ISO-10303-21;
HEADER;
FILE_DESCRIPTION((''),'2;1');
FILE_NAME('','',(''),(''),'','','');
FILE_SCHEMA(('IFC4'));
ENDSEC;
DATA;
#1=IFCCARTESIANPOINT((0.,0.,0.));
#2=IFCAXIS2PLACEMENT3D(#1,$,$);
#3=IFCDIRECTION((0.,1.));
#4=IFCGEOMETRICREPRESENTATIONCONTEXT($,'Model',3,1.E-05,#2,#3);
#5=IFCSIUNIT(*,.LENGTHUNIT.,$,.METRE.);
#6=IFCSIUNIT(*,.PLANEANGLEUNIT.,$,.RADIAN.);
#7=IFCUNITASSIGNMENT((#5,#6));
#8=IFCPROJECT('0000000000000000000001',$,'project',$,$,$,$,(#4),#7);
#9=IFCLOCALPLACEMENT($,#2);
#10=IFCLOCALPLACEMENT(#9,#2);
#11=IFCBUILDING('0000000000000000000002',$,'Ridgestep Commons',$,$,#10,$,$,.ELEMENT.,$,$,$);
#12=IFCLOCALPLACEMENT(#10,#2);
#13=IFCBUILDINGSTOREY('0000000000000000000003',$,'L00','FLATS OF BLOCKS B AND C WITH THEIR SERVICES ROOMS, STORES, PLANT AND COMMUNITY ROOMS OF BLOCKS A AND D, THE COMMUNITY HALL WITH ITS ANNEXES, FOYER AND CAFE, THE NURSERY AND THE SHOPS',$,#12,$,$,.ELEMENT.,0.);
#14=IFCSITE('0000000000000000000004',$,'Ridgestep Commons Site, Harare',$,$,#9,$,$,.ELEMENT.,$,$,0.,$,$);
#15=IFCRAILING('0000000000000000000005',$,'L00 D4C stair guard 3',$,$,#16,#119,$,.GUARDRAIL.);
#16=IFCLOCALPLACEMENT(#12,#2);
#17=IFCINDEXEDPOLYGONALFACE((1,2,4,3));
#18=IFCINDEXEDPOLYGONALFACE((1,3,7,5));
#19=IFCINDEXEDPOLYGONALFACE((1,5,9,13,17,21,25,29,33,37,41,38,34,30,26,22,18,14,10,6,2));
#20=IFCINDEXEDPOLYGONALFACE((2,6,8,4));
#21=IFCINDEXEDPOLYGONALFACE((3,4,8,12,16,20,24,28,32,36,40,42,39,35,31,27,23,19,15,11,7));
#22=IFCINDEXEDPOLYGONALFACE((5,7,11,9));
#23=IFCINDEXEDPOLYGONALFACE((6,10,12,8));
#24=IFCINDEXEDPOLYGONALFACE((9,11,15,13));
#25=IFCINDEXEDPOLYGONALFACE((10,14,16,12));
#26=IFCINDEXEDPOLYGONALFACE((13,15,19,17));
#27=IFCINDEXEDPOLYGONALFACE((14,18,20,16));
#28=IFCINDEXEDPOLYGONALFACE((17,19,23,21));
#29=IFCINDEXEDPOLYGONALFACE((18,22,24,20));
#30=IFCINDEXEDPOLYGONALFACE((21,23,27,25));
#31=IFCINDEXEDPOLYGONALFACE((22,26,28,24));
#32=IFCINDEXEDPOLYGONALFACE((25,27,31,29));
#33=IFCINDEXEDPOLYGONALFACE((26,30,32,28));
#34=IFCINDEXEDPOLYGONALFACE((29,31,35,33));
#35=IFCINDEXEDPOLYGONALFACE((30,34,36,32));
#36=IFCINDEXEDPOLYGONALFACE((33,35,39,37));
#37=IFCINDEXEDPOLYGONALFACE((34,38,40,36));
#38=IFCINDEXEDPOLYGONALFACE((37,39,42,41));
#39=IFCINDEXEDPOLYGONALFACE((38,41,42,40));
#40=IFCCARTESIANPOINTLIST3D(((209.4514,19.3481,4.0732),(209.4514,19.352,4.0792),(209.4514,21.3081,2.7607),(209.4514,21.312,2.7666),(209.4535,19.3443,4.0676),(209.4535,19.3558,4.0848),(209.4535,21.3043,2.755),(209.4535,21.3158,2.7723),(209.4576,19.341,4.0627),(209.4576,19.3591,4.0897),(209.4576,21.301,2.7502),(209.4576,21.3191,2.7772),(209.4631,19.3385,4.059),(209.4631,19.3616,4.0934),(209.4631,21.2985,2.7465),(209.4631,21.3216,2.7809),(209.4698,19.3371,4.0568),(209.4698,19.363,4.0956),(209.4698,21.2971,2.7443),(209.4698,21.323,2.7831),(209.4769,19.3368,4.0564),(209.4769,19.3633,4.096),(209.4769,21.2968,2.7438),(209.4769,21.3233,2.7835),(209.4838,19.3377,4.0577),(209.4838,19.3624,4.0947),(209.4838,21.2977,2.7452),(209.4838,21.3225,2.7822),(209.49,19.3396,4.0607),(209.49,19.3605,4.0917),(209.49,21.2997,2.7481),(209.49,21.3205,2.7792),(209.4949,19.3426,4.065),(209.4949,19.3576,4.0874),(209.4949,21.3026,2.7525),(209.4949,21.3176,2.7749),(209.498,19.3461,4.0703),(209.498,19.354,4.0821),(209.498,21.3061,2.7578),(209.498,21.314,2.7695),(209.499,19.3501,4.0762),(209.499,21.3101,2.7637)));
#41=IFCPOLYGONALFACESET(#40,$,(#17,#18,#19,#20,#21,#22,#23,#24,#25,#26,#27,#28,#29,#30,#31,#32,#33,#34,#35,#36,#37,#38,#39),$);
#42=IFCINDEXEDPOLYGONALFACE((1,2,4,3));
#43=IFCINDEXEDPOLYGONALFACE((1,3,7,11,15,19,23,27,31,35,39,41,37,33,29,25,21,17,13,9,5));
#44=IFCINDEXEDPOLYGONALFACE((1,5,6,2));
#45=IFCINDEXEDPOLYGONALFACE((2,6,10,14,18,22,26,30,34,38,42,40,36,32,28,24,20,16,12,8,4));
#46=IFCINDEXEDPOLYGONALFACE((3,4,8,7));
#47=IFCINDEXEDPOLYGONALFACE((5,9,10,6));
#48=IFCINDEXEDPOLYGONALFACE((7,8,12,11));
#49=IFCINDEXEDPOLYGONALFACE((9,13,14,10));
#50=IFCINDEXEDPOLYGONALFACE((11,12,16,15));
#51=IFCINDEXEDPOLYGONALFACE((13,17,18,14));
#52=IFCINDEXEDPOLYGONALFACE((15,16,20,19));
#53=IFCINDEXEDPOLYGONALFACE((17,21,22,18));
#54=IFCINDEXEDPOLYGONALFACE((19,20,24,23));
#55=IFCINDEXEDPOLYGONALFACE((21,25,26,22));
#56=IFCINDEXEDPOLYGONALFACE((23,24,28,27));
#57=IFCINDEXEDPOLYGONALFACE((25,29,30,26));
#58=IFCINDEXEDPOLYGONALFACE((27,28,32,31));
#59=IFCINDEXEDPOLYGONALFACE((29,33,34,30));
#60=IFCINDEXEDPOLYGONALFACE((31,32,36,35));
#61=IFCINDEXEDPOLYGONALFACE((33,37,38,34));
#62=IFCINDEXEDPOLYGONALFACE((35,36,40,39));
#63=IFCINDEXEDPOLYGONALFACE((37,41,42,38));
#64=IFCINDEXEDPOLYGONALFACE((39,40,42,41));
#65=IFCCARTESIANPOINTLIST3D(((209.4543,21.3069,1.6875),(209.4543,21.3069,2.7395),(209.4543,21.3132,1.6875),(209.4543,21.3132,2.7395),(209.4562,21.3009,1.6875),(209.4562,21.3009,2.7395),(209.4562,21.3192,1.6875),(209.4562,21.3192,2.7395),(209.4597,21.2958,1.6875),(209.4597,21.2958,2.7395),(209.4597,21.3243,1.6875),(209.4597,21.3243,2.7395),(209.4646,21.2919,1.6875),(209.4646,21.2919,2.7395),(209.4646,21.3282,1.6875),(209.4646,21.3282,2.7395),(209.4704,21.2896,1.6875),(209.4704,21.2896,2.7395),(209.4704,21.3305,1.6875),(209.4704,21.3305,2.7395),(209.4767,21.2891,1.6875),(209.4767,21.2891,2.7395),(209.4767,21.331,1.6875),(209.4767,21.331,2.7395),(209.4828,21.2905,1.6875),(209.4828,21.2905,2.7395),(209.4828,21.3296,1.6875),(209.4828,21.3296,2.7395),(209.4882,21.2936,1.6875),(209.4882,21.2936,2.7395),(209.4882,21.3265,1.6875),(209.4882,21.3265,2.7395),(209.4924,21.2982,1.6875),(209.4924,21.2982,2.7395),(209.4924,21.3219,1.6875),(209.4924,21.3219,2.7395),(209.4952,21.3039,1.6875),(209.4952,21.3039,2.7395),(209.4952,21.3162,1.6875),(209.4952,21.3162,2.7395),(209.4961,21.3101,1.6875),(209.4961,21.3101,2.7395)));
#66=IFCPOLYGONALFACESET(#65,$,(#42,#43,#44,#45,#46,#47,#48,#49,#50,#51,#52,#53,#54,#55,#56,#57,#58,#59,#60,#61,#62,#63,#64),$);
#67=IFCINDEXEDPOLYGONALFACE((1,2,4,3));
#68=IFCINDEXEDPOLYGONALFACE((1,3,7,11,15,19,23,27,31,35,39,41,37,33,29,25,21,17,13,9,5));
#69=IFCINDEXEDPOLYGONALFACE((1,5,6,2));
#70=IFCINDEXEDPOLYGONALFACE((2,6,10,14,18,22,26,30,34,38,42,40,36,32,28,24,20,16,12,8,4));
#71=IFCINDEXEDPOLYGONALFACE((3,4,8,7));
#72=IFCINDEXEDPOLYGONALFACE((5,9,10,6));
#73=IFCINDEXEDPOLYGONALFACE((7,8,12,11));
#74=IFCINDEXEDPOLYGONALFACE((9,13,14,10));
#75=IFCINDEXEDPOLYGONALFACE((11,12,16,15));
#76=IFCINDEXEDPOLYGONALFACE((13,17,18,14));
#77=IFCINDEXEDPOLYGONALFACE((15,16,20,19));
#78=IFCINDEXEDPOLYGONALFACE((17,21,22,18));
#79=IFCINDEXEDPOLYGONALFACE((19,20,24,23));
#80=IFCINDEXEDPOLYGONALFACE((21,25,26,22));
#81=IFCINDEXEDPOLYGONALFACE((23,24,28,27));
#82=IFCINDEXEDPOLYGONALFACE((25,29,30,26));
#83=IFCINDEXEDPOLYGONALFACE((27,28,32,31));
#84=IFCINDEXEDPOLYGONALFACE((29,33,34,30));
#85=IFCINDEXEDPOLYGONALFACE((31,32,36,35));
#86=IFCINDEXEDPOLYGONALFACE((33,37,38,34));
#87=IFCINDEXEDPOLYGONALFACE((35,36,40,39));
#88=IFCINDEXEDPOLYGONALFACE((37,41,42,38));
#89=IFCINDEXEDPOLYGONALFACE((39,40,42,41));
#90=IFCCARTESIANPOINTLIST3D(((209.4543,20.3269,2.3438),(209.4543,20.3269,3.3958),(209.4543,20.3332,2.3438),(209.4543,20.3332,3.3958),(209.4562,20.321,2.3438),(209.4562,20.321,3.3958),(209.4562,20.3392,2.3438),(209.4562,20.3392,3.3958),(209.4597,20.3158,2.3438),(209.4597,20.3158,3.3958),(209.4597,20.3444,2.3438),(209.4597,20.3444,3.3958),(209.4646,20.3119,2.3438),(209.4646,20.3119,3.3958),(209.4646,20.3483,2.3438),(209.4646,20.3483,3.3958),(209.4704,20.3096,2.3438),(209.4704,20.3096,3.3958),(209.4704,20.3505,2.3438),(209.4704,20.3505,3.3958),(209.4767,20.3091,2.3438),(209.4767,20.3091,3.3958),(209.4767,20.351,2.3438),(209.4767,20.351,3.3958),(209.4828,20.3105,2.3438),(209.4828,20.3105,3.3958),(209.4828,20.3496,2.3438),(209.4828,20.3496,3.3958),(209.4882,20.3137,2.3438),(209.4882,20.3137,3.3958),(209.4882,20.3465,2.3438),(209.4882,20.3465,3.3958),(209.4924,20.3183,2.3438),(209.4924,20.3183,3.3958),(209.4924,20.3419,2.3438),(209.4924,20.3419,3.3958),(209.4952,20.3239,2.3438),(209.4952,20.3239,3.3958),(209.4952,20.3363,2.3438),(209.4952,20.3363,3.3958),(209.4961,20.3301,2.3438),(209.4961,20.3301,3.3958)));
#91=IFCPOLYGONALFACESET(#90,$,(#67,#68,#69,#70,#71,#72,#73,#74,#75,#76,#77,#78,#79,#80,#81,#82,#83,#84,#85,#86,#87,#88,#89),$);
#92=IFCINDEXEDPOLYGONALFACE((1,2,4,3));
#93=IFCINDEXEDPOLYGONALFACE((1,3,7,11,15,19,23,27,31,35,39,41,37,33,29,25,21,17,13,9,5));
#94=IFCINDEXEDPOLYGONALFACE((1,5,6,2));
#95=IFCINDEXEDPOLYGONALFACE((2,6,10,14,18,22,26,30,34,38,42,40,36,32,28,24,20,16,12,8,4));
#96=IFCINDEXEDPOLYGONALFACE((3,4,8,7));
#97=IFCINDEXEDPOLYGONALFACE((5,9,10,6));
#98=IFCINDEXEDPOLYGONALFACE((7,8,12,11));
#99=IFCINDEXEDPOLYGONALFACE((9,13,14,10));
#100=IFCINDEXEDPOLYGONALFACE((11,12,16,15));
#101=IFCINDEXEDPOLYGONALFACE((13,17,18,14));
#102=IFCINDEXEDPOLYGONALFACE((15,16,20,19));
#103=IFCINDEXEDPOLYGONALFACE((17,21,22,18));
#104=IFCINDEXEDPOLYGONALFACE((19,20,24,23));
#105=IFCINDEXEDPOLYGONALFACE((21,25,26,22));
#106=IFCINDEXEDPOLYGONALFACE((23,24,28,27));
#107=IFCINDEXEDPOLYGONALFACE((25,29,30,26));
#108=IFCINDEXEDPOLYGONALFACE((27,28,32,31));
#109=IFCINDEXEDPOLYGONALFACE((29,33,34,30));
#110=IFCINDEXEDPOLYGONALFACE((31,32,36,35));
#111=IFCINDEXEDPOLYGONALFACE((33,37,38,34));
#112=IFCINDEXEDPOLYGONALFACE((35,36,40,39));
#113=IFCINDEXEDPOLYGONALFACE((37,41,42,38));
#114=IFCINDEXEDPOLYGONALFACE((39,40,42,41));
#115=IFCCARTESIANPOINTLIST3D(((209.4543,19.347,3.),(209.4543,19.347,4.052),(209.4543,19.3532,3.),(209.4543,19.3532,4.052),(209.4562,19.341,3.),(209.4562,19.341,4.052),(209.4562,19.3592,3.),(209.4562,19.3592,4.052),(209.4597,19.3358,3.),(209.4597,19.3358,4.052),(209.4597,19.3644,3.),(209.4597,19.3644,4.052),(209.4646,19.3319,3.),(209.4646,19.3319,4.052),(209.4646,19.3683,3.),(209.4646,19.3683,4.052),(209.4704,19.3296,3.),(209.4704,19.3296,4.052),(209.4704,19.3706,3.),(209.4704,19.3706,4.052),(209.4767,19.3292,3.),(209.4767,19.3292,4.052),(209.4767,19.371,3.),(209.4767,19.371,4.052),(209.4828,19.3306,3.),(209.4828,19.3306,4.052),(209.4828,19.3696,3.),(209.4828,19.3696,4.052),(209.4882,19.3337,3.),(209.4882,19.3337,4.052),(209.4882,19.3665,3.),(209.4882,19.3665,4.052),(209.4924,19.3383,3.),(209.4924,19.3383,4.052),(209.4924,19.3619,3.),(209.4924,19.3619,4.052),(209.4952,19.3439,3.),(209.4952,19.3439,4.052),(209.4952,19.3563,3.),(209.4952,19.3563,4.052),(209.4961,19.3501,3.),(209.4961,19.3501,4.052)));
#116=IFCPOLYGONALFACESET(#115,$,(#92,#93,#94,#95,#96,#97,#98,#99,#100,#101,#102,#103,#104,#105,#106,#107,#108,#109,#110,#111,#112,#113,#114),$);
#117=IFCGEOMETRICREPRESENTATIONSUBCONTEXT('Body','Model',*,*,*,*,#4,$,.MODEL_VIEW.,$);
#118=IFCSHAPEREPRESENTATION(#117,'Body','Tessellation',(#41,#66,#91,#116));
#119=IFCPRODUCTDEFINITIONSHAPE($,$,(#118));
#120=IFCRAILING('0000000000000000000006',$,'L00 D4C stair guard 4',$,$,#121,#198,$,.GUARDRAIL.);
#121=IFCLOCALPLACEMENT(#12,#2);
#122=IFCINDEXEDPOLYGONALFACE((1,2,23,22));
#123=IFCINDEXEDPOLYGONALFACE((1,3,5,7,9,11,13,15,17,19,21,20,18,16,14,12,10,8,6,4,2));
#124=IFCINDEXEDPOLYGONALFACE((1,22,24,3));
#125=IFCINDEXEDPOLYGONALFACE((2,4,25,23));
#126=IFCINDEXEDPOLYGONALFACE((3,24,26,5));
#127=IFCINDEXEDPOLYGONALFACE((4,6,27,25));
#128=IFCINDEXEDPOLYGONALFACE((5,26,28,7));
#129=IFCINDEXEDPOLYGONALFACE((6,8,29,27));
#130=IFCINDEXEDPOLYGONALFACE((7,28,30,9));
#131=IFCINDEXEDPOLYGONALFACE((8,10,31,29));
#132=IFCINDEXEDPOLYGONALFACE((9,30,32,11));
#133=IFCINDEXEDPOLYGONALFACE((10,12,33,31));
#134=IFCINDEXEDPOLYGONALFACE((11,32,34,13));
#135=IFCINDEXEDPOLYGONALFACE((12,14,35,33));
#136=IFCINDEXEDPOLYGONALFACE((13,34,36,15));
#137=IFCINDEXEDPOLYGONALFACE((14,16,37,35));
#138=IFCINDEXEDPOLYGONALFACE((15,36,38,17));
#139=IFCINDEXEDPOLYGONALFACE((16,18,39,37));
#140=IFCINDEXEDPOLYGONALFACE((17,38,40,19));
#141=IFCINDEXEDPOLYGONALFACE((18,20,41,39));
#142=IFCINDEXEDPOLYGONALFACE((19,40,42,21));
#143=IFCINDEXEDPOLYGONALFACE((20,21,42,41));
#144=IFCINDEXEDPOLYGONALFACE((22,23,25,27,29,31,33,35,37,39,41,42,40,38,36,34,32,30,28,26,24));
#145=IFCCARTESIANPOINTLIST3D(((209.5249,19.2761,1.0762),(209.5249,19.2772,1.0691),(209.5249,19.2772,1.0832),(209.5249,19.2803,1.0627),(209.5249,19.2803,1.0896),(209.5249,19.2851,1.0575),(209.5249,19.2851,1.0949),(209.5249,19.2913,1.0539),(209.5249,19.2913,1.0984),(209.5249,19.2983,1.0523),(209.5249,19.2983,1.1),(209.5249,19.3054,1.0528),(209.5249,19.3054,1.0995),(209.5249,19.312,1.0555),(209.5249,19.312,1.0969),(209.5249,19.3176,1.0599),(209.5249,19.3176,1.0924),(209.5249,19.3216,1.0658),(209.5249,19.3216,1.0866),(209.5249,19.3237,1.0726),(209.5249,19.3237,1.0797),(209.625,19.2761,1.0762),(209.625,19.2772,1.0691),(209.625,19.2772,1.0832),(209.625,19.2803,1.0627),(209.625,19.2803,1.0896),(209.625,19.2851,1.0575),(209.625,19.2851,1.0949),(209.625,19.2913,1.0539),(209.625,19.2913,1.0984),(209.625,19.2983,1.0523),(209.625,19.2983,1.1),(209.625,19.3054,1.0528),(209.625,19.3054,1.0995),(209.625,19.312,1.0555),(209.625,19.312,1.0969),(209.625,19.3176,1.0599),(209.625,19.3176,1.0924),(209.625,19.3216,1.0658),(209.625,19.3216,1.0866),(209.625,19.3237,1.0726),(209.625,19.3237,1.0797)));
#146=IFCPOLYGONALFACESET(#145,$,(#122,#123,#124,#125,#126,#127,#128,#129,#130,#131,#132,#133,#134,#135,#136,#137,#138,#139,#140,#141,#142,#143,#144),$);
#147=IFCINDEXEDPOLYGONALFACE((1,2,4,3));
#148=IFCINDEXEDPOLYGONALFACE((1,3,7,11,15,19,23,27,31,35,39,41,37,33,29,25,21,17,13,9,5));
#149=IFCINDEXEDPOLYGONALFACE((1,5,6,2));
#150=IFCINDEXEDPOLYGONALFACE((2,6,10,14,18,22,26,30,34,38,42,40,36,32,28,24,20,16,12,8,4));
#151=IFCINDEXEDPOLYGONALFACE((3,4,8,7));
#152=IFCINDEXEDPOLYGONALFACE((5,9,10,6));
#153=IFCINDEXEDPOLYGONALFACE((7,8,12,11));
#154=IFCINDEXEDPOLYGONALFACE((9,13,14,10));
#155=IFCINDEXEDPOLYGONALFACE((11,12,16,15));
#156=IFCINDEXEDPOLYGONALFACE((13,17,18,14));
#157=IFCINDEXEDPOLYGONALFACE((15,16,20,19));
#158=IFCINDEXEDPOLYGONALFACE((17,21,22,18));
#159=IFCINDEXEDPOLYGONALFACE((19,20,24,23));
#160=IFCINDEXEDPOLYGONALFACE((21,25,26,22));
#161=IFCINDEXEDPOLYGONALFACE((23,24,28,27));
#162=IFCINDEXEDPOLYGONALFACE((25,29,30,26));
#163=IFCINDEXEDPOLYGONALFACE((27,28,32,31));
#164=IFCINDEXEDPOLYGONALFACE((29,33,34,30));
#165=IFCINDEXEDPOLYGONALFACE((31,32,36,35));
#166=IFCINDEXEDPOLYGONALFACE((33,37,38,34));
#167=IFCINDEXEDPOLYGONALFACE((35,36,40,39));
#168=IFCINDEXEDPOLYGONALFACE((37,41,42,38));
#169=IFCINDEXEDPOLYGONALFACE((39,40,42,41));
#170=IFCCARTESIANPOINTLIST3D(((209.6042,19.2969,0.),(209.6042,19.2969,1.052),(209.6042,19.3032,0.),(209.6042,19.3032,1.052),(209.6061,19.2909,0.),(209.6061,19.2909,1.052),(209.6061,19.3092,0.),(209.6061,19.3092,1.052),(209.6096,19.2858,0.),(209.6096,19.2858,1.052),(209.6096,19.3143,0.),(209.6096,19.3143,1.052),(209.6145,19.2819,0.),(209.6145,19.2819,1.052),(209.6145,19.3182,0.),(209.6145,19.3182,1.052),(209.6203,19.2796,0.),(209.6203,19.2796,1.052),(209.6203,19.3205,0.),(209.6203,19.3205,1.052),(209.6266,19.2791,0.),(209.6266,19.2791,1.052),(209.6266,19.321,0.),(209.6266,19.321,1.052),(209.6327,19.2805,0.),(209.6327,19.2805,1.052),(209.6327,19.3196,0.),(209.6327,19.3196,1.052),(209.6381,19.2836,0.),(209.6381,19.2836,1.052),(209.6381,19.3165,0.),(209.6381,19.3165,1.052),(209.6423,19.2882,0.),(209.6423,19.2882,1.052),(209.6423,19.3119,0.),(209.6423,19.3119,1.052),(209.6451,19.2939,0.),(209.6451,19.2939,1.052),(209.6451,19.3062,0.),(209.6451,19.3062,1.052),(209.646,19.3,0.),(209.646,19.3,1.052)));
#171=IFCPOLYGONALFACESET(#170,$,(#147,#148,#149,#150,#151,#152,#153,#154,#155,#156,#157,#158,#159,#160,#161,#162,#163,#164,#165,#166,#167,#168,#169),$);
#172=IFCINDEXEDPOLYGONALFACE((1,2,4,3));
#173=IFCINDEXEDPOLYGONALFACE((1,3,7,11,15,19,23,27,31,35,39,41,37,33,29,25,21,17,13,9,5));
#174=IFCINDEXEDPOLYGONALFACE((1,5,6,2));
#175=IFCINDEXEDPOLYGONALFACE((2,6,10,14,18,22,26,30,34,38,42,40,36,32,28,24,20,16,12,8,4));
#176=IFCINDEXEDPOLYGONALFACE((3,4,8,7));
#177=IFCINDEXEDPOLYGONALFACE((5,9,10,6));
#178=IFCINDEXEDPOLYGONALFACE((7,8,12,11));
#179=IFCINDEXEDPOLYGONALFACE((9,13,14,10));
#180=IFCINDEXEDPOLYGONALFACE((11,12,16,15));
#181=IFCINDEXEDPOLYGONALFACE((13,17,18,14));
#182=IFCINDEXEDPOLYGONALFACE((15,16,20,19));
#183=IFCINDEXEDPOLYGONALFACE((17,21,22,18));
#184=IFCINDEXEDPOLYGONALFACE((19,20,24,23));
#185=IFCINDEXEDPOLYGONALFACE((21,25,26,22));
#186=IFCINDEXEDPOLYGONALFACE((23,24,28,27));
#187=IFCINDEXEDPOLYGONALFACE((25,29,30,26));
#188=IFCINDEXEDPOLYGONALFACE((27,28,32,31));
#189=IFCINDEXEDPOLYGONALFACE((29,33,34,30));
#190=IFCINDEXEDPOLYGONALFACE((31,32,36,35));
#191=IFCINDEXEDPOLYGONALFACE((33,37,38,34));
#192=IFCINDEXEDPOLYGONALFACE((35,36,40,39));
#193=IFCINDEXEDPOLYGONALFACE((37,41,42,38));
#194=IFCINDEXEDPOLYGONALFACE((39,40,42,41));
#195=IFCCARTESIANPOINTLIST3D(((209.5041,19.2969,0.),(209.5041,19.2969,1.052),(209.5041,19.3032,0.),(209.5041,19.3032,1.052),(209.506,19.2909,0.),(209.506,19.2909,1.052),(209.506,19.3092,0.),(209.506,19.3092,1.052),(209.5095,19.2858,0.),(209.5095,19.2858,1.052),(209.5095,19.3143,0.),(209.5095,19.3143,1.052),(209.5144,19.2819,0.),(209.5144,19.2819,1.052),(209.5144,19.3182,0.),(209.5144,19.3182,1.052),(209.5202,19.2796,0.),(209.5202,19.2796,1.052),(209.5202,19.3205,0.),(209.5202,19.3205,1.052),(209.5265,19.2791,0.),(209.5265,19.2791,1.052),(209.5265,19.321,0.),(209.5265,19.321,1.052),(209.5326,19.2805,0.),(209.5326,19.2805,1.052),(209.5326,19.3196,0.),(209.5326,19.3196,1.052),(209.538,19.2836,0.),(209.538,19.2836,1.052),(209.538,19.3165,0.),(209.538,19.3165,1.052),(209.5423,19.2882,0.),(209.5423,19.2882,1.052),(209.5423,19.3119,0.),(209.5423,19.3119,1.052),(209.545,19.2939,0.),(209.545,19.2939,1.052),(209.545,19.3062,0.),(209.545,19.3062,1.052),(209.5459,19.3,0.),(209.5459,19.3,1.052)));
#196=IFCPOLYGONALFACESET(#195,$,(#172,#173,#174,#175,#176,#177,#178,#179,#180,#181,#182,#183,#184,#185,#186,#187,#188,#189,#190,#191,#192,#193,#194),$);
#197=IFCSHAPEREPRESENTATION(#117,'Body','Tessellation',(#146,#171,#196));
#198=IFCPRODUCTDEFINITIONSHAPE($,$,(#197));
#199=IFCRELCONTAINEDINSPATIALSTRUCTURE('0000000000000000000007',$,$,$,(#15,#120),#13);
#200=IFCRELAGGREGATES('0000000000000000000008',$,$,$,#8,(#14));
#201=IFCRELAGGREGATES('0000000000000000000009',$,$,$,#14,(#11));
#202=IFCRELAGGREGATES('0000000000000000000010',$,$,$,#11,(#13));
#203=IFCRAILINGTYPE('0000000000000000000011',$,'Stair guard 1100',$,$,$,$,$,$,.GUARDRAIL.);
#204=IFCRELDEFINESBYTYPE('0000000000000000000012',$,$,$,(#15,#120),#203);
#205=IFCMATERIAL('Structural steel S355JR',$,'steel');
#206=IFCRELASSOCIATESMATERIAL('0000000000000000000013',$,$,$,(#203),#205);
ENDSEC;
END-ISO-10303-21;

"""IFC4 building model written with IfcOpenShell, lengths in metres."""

from ifc_helpers import new_model, si_unit, direction, frame, origin, origin_2d, place, context, subcontext, project, spatial, circle, extrude, material, type_object, element, save


model = new_model("IFC4")

# Units and contexts
model_context = context("Model", 3, precision=1e-05, world=origin(), true_north=direction((0.0, 1.0)))
body_context = subcontext(model_context, "Body", "Model", "MODEL_VIEW")
ifc_project = project(units=[si_unit("LENGTHUNIT", "METRE"), si_unit("PLANEANGLEUNIT", "RADIAN")], contexts=[model_context])

# Site, building, storey
site_placement = place(None, origin())
site = spatial("IfcSite", under=ifc_project, at=site_placement, Name="Ridgestep Commons Site, Harare", CompositionType="ELEMENT", RefElevation=0.0)
building_placement = place(site_placement, origin())
building = spatial("IfcBuilding", under=site, at=building_placement, Name="Ridgestep Commons", CompositionType="ELEMENT")
storey_placement = place(building_placement, origin())
storey = spatial("IfcBuildingStorey", under=building, at=storey_placement, Name="L00", Description="FLATS OF BLOCKS B AND C WITH THEIR SERVICES ROOMS, STORES, PLANT AND COMMUNITY ROOMS OF BLOCKS A AND D, THE COMMUNITY HALL WITH ITS ANNEXES, FOYER AND CAFE, THE NURSERY AND THE SHOPS", CompositionType="ELEMENT", Elevation=0.0)

# Railings
ifc_material_1 = material(Name="Structural steel S355JR", Category="steel")
railing_type_1 = type_object("IfcRailingType", Name="Stair guard 1100", PredefinedType="GUARDRAIL", material=ifc_material_1)
railing_1_placement = place(storey_placement, frame((209.4751, 21.3101, 1.6875)))
element("IfcRailing", 1, at=railing_1_placement, inside=storey, type_object=railing_type_1, Name="L00 D4C stair guard 3", PredefinedType="GUARDRAIL", context=body_context, shape_type="SweptSolid", body=[
    extrude(circle(Radius=0.0239, at=origin_2d()), frame((0.0, 0.0, 1.0762), z_axis=(0.0, -0.830902, 0.556419), x_axis=(1.0, 0.0, 0.0)), (0.0, 0.0, 1.0), 2.3589),
    extrude(circle(Radius=0.021, at=origin_2d()), origin(), (0.0, 0.0, 1.0), 1.052),
    extrude(circle(Radius=0.021, at=origin_2d()), frame((0.0, -0.98, 0.6562)), (0.0, 0.0, 1.0), 1.052),
    extrude(circle(Radius=0.021, at=origin_2d()), frame((0.0, -1.96, 1.3125)), (0.0, 0.0, 1.0), 1.052),
])
railing_2_placement = place(storey_placement, frame((209.625, 19.3, 0.0)))
element("IfcRailing", 2, at=railing_2_placement, inside=storey, type_object=railing_type_1, Name="L00 D4C stair guard 4", PredefinedType="GUARDRAIL", context=body_context, shape_type="SweptSolid", body=[
    extrude(circle(Radius=0.0239, at=origin_2d()), frame((0.0, 0.0, 1.0762), z_axis=(-1.0, 0.0, 0.0), x_axis=(0.0, -1.0, 0.0)), (0.0, 0.0, 1.0), 0.1001),
    extrude(circle(Radius=0.021, at=origin_2d()), origin(), (0.0, 0.0, 1.0), 1.052),
    extrude(circle(Radius=0.021, at=origin_2d()), frame((-0.1001, 0.0, 0.0)), (0.0, 0.0, 1.0), 1.052),
])

save(model, "model.ifc")
